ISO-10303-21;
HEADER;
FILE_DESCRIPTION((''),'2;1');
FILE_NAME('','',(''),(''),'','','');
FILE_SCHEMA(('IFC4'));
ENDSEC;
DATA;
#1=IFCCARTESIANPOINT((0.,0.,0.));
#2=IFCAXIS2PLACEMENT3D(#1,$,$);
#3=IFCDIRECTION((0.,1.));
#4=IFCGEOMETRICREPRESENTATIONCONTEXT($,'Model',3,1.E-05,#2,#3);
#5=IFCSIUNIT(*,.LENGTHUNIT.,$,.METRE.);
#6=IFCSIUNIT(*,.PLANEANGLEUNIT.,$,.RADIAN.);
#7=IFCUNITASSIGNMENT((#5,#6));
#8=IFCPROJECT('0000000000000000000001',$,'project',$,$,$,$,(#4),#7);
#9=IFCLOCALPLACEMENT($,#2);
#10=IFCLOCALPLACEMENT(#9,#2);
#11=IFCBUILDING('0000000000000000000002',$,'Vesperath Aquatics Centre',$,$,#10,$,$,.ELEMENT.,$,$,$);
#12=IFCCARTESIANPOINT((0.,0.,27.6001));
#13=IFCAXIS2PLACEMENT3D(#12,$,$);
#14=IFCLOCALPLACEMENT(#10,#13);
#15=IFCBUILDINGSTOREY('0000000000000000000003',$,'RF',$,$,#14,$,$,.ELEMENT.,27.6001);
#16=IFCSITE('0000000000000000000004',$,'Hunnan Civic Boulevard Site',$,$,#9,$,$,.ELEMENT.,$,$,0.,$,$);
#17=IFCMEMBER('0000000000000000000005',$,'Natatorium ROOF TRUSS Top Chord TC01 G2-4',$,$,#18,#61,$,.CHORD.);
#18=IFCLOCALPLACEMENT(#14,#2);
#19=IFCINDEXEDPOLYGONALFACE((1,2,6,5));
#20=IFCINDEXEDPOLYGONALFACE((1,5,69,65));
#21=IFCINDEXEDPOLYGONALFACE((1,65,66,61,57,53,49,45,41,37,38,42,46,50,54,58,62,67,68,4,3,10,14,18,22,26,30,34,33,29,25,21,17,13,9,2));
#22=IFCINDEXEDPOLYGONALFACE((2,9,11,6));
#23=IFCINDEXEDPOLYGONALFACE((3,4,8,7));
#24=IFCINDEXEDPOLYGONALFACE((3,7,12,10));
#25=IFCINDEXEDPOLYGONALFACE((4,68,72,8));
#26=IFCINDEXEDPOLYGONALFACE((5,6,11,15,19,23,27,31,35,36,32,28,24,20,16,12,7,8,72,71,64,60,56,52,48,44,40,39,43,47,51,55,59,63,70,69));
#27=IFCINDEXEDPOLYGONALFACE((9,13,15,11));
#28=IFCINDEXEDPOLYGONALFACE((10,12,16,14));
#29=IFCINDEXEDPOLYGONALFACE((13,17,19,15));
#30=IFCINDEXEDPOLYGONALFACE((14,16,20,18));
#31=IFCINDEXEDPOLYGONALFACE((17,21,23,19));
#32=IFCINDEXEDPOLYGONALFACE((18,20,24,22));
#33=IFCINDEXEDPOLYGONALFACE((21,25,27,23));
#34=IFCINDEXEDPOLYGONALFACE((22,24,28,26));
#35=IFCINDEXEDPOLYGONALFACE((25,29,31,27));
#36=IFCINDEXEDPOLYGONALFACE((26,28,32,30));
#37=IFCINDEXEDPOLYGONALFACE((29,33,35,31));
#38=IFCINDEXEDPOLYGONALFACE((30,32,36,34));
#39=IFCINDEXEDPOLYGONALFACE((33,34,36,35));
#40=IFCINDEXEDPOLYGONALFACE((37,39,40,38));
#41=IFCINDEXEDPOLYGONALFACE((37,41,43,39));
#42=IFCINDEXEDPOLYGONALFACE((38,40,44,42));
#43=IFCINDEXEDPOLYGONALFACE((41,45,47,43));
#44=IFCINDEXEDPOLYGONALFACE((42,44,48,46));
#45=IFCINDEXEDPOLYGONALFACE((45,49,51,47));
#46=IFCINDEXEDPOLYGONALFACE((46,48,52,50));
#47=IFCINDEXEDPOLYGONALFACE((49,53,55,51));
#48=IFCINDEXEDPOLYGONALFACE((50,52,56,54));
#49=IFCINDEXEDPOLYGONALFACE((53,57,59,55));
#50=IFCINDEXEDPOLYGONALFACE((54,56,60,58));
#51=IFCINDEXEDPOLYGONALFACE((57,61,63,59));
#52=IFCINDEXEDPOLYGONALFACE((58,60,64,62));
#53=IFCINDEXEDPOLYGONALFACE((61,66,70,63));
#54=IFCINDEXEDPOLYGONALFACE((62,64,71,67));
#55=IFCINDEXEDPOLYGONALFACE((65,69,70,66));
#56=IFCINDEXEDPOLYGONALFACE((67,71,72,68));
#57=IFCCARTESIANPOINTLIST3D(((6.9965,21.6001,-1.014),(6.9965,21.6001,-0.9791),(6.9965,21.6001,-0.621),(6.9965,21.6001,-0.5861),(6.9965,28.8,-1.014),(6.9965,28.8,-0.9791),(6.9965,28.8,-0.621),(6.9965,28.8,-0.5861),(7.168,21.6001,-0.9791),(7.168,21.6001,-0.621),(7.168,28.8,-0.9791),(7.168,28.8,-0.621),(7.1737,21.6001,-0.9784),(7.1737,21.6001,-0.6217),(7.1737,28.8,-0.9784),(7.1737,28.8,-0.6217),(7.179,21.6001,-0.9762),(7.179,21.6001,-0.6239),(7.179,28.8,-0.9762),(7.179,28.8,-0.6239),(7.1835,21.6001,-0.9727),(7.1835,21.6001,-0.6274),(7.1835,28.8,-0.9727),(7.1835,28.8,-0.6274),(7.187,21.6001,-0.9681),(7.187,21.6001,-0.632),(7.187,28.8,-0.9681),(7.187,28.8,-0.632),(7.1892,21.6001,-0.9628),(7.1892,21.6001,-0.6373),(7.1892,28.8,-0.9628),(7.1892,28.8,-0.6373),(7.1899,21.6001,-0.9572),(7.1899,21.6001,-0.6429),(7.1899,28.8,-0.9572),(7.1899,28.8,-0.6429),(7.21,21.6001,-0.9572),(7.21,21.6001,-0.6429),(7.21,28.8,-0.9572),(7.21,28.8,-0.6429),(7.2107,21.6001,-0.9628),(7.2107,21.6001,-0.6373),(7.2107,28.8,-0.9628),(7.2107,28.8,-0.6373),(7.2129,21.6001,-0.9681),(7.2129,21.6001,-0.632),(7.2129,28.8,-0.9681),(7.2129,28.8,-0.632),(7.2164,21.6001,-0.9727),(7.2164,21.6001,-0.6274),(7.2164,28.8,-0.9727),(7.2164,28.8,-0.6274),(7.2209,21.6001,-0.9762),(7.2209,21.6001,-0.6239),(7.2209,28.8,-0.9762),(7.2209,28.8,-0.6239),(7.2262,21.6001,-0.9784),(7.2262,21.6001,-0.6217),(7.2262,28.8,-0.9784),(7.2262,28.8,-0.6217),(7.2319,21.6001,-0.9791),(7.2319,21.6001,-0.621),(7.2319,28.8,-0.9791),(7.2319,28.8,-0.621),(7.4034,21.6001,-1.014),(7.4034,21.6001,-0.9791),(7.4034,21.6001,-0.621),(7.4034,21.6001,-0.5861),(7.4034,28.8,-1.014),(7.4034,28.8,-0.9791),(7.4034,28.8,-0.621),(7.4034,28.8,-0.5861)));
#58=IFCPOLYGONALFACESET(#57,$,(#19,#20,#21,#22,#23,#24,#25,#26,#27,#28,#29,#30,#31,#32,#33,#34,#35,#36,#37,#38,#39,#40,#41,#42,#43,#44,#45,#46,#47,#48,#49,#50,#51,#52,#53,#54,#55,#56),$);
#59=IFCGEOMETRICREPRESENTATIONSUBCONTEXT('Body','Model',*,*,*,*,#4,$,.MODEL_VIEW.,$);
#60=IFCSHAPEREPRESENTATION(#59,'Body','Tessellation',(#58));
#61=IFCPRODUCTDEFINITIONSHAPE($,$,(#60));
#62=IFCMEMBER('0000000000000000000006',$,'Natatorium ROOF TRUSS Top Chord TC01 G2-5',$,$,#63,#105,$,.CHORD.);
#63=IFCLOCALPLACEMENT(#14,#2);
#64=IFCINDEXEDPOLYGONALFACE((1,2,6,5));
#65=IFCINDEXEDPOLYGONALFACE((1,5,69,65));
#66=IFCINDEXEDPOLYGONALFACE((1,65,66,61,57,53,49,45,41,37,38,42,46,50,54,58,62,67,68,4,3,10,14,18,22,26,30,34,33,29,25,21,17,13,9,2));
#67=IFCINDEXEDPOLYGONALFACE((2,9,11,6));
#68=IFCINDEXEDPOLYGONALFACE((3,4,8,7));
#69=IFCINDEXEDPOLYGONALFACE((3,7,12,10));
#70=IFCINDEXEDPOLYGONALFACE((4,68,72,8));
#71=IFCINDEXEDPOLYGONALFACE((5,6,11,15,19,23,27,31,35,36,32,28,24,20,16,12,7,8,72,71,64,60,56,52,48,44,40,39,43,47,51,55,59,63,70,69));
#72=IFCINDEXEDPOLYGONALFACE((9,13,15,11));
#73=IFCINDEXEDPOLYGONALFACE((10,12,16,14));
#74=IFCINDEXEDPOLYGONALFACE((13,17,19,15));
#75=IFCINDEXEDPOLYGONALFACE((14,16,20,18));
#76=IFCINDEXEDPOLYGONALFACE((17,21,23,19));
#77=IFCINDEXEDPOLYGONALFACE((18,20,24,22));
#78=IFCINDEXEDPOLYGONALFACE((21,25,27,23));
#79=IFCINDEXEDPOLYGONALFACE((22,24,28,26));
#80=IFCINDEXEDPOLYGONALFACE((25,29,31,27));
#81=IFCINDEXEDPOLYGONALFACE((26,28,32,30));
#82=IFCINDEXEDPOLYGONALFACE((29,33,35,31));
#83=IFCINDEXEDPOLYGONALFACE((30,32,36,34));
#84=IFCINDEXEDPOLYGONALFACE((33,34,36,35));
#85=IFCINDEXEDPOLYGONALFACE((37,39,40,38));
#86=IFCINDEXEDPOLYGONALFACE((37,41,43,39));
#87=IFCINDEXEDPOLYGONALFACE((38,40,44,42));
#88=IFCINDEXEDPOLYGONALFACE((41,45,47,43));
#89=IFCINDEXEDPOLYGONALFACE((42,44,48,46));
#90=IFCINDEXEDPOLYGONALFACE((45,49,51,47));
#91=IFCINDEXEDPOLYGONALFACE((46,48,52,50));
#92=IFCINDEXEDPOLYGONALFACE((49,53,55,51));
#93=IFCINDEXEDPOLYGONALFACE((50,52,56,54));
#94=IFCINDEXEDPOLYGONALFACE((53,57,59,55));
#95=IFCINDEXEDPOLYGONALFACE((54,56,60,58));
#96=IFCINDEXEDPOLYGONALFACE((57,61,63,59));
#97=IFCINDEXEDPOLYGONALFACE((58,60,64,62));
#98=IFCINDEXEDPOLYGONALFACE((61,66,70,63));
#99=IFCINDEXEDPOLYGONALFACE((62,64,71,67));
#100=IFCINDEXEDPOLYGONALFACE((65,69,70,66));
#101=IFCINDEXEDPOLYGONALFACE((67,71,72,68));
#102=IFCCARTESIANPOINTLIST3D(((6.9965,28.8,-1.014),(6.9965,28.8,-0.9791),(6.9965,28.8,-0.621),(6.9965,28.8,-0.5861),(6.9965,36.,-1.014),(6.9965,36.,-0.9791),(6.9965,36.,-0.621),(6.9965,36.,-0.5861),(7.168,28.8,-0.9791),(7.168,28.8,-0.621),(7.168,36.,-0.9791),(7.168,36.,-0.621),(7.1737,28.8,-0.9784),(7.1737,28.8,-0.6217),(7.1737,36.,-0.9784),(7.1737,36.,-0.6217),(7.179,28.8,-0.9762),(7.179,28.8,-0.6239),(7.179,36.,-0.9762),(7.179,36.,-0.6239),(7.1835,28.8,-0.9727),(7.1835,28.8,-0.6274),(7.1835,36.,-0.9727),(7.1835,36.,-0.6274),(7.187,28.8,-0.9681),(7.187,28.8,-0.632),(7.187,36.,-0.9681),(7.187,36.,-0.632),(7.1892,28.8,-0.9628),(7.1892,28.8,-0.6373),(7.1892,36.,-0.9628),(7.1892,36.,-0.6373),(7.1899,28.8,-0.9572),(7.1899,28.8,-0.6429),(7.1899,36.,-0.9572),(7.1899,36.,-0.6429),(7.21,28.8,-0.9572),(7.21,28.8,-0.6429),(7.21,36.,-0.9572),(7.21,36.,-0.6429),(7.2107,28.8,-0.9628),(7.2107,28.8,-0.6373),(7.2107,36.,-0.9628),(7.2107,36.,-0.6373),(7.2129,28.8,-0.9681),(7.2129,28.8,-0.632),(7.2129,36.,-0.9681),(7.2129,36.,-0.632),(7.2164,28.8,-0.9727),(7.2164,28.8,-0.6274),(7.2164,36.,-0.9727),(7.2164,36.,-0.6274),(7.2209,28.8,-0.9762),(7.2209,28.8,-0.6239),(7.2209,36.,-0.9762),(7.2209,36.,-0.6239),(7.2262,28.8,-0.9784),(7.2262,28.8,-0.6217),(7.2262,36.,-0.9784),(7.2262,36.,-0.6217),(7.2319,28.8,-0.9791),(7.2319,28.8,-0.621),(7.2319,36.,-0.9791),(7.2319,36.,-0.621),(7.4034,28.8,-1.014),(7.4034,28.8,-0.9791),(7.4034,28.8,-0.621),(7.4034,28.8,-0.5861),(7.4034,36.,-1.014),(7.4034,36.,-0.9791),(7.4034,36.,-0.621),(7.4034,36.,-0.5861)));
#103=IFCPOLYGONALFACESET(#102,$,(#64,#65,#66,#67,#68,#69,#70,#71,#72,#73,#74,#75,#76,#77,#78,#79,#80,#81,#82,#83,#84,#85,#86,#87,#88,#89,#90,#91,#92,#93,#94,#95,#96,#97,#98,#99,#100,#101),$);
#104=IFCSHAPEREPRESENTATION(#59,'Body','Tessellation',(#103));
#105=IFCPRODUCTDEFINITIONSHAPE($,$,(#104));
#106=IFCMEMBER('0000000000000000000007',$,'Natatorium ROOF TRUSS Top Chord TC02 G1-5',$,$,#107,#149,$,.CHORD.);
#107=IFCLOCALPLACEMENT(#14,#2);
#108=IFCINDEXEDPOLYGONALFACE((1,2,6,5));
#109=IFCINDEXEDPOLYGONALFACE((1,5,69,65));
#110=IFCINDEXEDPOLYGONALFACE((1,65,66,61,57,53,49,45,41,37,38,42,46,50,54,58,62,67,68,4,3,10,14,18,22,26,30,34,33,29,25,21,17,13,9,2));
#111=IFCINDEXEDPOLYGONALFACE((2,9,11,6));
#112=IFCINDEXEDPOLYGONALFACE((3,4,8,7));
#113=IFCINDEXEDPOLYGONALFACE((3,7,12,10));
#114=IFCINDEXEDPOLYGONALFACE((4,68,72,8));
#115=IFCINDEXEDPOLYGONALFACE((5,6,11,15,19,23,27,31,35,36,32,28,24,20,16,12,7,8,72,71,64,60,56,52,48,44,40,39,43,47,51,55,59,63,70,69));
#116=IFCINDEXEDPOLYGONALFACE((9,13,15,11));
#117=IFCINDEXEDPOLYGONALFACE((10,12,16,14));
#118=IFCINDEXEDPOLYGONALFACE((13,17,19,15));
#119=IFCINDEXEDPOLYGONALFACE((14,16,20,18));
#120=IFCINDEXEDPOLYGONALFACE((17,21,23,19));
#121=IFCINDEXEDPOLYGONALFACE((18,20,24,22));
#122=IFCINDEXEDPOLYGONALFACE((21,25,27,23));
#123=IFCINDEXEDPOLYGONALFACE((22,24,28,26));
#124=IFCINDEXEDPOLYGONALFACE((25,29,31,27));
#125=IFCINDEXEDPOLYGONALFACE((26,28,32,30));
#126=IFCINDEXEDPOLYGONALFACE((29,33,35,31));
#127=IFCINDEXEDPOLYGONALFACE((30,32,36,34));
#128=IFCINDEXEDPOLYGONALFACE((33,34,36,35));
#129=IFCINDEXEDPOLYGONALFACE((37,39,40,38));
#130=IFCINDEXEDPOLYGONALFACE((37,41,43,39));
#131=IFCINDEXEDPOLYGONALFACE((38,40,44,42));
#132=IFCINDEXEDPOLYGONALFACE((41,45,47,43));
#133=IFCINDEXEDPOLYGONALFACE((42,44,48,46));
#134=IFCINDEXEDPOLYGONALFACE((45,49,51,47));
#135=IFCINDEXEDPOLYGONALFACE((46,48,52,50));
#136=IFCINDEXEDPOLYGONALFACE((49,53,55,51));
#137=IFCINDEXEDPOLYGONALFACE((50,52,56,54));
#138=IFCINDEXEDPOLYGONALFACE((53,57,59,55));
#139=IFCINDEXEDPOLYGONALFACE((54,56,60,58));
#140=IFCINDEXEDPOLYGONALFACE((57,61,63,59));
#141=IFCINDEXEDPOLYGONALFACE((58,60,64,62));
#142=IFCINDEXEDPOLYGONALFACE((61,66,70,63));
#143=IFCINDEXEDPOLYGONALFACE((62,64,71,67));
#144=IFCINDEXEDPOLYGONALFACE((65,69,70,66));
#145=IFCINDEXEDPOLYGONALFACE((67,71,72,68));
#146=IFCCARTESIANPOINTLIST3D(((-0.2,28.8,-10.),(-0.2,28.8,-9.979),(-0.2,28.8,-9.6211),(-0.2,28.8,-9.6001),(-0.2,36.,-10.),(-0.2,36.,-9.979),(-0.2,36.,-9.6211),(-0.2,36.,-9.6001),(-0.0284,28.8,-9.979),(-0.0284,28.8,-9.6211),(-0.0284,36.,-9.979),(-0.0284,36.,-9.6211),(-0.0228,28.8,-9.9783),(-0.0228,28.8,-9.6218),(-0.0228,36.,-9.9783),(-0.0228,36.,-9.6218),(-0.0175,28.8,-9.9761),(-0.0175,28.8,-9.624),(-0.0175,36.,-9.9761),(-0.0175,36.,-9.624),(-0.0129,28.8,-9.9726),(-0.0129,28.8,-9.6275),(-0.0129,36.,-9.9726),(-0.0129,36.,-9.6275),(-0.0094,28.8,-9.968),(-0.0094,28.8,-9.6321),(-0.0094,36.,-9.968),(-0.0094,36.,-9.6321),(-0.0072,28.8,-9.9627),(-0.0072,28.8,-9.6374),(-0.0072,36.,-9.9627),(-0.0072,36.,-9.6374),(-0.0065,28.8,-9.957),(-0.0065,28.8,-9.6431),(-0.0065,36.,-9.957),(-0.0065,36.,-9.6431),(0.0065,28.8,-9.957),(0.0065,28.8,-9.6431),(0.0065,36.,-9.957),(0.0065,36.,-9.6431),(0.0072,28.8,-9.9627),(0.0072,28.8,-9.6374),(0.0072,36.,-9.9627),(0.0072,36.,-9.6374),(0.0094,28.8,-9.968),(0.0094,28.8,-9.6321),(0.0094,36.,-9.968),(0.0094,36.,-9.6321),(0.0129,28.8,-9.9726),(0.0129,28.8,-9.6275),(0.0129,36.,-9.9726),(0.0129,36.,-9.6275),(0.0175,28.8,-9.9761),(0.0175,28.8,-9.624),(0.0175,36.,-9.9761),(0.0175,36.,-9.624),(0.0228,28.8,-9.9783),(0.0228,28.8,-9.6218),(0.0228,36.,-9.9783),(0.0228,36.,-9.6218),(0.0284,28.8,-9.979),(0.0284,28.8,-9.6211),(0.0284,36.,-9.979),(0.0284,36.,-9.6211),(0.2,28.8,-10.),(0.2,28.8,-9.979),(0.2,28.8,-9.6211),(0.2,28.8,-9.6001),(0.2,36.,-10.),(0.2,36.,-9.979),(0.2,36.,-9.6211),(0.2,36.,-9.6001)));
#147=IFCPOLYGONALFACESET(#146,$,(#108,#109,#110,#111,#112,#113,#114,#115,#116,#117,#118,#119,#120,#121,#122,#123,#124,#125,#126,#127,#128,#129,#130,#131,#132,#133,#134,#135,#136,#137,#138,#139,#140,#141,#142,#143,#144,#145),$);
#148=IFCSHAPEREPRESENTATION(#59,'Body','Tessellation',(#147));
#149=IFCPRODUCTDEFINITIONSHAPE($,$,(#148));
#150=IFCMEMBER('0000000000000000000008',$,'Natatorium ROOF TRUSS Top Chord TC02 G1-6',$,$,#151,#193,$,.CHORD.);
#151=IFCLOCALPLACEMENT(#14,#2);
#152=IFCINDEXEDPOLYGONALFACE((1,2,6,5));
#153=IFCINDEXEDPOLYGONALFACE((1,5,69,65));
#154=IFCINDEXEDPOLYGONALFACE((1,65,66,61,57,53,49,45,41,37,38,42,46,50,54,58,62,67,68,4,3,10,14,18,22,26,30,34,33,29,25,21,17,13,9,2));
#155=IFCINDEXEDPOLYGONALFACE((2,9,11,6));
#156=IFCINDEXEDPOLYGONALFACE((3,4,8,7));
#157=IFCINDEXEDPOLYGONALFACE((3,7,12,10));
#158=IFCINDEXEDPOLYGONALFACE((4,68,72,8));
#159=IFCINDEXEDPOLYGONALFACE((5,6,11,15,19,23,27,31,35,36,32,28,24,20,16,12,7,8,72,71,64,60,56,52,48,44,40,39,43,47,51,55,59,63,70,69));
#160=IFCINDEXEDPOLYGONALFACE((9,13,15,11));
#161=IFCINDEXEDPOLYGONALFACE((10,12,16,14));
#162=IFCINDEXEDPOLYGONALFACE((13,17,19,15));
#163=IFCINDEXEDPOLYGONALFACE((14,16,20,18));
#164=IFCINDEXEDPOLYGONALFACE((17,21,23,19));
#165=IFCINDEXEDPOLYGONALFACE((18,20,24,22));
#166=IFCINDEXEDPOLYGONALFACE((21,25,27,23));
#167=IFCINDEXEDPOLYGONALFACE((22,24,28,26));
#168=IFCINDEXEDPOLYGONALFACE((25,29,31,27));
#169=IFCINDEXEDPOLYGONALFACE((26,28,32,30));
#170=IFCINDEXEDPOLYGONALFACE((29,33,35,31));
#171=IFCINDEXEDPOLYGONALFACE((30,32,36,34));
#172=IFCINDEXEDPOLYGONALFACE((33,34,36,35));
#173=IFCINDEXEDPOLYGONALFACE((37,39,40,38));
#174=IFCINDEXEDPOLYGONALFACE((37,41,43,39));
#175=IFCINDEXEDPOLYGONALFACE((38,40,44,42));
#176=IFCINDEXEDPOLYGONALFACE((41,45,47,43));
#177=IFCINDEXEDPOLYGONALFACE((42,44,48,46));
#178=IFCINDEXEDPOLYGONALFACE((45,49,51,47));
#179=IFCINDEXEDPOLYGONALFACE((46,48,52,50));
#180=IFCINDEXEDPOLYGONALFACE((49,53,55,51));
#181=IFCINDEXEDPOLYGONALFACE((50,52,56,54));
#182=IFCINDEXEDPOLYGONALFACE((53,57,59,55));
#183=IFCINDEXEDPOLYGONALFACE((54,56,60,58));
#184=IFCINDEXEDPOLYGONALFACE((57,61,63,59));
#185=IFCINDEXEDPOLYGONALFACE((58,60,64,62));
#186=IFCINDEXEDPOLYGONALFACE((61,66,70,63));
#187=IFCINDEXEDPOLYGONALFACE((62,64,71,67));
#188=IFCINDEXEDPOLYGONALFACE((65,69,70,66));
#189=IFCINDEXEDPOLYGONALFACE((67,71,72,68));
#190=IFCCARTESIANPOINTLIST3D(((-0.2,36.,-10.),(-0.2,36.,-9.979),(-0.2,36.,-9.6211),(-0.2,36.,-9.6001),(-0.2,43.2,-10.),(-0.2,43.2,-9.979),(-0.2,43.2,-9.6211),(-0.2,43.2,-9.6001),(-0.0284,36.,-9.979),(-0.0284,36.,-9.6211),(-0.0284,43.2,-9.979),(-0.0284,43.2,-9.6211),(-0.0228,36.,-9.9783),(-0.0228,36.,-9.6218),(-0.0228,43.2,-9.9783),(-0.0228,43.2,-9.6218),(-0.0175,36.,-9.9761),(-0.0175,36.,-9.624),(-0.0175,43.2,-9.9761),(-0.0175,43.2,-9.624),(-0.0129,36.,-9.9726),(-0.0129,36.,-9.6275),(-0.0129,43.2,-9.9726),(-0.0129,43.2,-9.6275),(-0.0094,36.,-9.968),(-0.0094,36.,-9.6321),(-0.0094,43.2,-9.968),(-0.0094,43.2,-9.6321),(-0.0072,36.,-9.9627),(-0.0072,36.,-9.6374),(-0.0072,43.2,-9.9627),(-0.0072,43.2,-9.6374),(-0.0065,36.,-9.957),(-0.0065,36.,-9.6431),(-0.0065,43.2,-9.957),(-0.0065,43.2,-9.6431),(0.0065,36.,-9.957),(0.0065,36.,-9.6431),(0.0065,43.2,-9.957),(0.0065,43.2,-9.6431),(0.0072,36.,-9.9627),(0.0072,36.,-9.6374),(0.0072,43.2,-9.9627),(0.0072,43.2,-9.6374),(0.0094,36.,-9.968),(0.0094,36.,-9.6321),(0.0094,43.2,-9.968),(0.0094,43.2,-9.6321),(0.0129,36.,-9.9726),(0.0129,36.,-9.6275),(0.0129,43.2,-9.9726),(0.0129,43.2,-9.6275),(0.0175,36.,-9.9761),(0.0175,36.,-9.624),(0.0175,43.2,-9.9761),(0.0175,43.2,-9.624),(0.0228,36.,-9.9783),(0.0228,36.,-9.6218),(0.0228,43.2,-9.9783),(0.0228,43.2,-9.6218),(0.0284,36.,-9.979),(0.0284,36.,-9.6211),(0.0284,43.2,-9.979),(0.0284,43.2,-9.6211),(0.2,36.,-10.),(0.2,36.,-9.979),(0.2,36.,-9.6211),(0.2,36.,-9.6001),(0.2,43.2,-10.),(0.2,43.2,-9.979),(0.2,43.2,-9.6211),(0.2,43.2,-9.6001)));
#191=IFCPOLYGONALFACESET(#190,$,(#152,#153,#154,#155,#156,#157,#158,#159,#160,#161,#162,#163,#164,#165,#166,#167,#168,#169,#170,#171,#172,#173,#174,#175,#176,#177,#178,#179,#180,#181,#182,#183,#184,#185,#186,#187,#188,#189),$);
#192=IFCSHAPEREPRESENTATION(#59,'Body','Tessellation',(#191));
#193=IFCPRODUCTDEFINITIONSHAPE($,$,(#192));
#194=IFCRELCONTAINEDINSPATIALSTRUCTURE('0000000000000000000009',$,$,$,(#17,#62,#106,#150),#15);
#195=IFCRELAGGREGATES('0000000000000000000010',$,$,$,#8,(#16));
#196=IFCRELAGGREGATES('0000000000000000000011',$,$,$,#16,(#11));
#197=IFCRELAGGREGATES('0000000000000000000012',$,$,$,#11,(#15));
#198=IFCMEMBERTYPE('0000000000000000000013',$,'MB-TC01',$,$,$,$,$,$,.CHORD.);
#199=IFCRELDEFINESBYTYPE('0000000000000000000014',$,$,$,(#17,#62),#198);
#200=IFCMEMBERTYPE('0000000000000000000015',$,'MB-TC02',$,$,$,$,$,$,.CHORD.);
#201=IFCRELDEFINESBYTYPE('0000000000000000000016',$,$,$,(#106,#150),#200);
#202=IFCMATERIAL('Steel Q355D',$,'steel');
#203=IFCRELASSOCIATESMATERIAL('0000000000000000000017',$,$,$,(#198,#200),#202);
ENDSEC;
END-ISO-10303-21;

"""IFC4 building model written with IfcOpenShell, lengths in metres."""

from ifc_helpers import new_model, si_unit, direction, frame, origin, origin_2d, place, context, subcontext, project, spatial, i_section, extrude, material, material_profile, profile_set, type_object, element, save


model = new_model("IFC4")

# Units and contexts
model_context = context("Model", 3, precision=1e-05, world=origin(), true_north=direction((0.0, 1.0)))
body_context = subcontext(model_context, "Body", "Model", "MODEL_VIEW")
ifc_project = project(units=[si_unit("LENGTHUNIT", "METRE"), si_unit("PLANEANGLEUNIT", "RADIAN")], contexts=[model_context])

# Site, building, storey
site_placement = place(None, origin())
site = spatial("IfcSite", under=ifc_project, at=site_placement, Name="Hunnan Civic Boulevard Site", CompositionType="ELEMENT", RefElevation=0.0)
building_placement = place(site_placement, origin())
building = spatial("IfcBuilding", under=site, at=building_placement, Name="Vesperath Aquatics Centre", CompositionType="ELEMENT")
storey_placement = place(building_placement, frame((0.0, 0.0, 27.6001)))
storey = spatial("IfcBuildingStorey", under=building, at=storey_placement, Name="RF", CompositionType="ELEMENT", Elevation=27.6001)

# Members
ifc_material_1 = material(Name="Steel Q355D", Category="steel")
ifc_material_profile_1 = material_profile(ifc_material_1, i_section(OverallWidth=0.407, OverallDepth=0.428, WebThickness=0.02, FlangeThickness=0.0349, FilletRadius=0.022, at=origin_2d()), Name="HW 428x407x20x35")
ifc_profile_set_1 = profile_set([ifc_material_profile_1], Name="Steel Q355D")
member_type_1 = type_object("IfcMemberType", Name="MB-TC01", PredefinedType="CHORD", material=ifc_profile_set_1)
for number, where, z_axis, x_axis, name in (
    (1, (7.2, 21.6001, -0.8), (0.0, 1.0, 0.0), (-1.0, 0.0, 0.0), "Natatorium ROOF TRUSS Top Chord TC01 G2-4"),
    (2, (7.2, 28.8, -0.8), (0.0, 1.0, 0.0), (-1.0, 0.0, 0.0), "Natatorium ROOF TRUSS Top Chord TC01 G2-5"),
):
    element("IfcMember", number, at=place(storey_placement, frame(where, z_axis=z_axis, x_axis=x_axis)), inside=storey, type_object=member_type_1, Name=name, PredefinedType="CHORD", context=body_context, shape_type="SweptSolid", body=[
        extrude(i_section(OverallWidth=0.407, OverallDepth=0.428, WebThickness=0.02, FlangeThickness=0.0349, FilletRadius=0.022, at=origin_2d()), origin(), (0.0, 0.0, 1.0), 7.2),
    ])
ifc_material_profile_2 = material_profile(ifc_material_1, i_section(OverallWidth=0.3999, OverallDepth=0.3999, WebThickness=0.0129, FlangeThickness=0.021, FilletRadius=0.022, at=origin_2d()), Name="HW 400x400x13x21")
ifc_profile_set_2 = profile_set([ifc_material_profile_2], Name="Steel Q355D")
member_type_2 = type_object("IfcMemberType", Name="MB-TC02", PredefinedType="CHORD", material=ifc_profile_set_2)
for number, where, z_axis, x_axis, name in (
    (3, (0.0, 28.8, -9.8), (0.0, 1.0, 0.0), (-1.0, 0.0, 0.0), "Natatorium ROOF TRUSS Top Chord TC02 G1-5"),
    (4, (0.0, 36.0, -9.8), (0.0, 1.0, 0.0), (-1.0, 0.0, 0.0), "Natatorium ROOF TRUSS Top Chord TC02 G1-6"),
):
    element("IfcMember", number, at=place(storey_placement, frame(where, z_axis=z_axis, x_axis=x_axis)), inside=storey, type_object=member_type_2, Name=name, PredefinedType="CHORD", context=body_context, shape_type="SweptSolid", body=[
        extrude(i_section(OverallWidth=0.3999, OverallDepth=0.3999, WebThickness=0.0129, FlangeThickness=0.021, FilletRadius=0.022, at=origin_2d()), origin(), (0.0, 0.0, 1.0), 7.2),
    ])

save(model, "model.ifc")
